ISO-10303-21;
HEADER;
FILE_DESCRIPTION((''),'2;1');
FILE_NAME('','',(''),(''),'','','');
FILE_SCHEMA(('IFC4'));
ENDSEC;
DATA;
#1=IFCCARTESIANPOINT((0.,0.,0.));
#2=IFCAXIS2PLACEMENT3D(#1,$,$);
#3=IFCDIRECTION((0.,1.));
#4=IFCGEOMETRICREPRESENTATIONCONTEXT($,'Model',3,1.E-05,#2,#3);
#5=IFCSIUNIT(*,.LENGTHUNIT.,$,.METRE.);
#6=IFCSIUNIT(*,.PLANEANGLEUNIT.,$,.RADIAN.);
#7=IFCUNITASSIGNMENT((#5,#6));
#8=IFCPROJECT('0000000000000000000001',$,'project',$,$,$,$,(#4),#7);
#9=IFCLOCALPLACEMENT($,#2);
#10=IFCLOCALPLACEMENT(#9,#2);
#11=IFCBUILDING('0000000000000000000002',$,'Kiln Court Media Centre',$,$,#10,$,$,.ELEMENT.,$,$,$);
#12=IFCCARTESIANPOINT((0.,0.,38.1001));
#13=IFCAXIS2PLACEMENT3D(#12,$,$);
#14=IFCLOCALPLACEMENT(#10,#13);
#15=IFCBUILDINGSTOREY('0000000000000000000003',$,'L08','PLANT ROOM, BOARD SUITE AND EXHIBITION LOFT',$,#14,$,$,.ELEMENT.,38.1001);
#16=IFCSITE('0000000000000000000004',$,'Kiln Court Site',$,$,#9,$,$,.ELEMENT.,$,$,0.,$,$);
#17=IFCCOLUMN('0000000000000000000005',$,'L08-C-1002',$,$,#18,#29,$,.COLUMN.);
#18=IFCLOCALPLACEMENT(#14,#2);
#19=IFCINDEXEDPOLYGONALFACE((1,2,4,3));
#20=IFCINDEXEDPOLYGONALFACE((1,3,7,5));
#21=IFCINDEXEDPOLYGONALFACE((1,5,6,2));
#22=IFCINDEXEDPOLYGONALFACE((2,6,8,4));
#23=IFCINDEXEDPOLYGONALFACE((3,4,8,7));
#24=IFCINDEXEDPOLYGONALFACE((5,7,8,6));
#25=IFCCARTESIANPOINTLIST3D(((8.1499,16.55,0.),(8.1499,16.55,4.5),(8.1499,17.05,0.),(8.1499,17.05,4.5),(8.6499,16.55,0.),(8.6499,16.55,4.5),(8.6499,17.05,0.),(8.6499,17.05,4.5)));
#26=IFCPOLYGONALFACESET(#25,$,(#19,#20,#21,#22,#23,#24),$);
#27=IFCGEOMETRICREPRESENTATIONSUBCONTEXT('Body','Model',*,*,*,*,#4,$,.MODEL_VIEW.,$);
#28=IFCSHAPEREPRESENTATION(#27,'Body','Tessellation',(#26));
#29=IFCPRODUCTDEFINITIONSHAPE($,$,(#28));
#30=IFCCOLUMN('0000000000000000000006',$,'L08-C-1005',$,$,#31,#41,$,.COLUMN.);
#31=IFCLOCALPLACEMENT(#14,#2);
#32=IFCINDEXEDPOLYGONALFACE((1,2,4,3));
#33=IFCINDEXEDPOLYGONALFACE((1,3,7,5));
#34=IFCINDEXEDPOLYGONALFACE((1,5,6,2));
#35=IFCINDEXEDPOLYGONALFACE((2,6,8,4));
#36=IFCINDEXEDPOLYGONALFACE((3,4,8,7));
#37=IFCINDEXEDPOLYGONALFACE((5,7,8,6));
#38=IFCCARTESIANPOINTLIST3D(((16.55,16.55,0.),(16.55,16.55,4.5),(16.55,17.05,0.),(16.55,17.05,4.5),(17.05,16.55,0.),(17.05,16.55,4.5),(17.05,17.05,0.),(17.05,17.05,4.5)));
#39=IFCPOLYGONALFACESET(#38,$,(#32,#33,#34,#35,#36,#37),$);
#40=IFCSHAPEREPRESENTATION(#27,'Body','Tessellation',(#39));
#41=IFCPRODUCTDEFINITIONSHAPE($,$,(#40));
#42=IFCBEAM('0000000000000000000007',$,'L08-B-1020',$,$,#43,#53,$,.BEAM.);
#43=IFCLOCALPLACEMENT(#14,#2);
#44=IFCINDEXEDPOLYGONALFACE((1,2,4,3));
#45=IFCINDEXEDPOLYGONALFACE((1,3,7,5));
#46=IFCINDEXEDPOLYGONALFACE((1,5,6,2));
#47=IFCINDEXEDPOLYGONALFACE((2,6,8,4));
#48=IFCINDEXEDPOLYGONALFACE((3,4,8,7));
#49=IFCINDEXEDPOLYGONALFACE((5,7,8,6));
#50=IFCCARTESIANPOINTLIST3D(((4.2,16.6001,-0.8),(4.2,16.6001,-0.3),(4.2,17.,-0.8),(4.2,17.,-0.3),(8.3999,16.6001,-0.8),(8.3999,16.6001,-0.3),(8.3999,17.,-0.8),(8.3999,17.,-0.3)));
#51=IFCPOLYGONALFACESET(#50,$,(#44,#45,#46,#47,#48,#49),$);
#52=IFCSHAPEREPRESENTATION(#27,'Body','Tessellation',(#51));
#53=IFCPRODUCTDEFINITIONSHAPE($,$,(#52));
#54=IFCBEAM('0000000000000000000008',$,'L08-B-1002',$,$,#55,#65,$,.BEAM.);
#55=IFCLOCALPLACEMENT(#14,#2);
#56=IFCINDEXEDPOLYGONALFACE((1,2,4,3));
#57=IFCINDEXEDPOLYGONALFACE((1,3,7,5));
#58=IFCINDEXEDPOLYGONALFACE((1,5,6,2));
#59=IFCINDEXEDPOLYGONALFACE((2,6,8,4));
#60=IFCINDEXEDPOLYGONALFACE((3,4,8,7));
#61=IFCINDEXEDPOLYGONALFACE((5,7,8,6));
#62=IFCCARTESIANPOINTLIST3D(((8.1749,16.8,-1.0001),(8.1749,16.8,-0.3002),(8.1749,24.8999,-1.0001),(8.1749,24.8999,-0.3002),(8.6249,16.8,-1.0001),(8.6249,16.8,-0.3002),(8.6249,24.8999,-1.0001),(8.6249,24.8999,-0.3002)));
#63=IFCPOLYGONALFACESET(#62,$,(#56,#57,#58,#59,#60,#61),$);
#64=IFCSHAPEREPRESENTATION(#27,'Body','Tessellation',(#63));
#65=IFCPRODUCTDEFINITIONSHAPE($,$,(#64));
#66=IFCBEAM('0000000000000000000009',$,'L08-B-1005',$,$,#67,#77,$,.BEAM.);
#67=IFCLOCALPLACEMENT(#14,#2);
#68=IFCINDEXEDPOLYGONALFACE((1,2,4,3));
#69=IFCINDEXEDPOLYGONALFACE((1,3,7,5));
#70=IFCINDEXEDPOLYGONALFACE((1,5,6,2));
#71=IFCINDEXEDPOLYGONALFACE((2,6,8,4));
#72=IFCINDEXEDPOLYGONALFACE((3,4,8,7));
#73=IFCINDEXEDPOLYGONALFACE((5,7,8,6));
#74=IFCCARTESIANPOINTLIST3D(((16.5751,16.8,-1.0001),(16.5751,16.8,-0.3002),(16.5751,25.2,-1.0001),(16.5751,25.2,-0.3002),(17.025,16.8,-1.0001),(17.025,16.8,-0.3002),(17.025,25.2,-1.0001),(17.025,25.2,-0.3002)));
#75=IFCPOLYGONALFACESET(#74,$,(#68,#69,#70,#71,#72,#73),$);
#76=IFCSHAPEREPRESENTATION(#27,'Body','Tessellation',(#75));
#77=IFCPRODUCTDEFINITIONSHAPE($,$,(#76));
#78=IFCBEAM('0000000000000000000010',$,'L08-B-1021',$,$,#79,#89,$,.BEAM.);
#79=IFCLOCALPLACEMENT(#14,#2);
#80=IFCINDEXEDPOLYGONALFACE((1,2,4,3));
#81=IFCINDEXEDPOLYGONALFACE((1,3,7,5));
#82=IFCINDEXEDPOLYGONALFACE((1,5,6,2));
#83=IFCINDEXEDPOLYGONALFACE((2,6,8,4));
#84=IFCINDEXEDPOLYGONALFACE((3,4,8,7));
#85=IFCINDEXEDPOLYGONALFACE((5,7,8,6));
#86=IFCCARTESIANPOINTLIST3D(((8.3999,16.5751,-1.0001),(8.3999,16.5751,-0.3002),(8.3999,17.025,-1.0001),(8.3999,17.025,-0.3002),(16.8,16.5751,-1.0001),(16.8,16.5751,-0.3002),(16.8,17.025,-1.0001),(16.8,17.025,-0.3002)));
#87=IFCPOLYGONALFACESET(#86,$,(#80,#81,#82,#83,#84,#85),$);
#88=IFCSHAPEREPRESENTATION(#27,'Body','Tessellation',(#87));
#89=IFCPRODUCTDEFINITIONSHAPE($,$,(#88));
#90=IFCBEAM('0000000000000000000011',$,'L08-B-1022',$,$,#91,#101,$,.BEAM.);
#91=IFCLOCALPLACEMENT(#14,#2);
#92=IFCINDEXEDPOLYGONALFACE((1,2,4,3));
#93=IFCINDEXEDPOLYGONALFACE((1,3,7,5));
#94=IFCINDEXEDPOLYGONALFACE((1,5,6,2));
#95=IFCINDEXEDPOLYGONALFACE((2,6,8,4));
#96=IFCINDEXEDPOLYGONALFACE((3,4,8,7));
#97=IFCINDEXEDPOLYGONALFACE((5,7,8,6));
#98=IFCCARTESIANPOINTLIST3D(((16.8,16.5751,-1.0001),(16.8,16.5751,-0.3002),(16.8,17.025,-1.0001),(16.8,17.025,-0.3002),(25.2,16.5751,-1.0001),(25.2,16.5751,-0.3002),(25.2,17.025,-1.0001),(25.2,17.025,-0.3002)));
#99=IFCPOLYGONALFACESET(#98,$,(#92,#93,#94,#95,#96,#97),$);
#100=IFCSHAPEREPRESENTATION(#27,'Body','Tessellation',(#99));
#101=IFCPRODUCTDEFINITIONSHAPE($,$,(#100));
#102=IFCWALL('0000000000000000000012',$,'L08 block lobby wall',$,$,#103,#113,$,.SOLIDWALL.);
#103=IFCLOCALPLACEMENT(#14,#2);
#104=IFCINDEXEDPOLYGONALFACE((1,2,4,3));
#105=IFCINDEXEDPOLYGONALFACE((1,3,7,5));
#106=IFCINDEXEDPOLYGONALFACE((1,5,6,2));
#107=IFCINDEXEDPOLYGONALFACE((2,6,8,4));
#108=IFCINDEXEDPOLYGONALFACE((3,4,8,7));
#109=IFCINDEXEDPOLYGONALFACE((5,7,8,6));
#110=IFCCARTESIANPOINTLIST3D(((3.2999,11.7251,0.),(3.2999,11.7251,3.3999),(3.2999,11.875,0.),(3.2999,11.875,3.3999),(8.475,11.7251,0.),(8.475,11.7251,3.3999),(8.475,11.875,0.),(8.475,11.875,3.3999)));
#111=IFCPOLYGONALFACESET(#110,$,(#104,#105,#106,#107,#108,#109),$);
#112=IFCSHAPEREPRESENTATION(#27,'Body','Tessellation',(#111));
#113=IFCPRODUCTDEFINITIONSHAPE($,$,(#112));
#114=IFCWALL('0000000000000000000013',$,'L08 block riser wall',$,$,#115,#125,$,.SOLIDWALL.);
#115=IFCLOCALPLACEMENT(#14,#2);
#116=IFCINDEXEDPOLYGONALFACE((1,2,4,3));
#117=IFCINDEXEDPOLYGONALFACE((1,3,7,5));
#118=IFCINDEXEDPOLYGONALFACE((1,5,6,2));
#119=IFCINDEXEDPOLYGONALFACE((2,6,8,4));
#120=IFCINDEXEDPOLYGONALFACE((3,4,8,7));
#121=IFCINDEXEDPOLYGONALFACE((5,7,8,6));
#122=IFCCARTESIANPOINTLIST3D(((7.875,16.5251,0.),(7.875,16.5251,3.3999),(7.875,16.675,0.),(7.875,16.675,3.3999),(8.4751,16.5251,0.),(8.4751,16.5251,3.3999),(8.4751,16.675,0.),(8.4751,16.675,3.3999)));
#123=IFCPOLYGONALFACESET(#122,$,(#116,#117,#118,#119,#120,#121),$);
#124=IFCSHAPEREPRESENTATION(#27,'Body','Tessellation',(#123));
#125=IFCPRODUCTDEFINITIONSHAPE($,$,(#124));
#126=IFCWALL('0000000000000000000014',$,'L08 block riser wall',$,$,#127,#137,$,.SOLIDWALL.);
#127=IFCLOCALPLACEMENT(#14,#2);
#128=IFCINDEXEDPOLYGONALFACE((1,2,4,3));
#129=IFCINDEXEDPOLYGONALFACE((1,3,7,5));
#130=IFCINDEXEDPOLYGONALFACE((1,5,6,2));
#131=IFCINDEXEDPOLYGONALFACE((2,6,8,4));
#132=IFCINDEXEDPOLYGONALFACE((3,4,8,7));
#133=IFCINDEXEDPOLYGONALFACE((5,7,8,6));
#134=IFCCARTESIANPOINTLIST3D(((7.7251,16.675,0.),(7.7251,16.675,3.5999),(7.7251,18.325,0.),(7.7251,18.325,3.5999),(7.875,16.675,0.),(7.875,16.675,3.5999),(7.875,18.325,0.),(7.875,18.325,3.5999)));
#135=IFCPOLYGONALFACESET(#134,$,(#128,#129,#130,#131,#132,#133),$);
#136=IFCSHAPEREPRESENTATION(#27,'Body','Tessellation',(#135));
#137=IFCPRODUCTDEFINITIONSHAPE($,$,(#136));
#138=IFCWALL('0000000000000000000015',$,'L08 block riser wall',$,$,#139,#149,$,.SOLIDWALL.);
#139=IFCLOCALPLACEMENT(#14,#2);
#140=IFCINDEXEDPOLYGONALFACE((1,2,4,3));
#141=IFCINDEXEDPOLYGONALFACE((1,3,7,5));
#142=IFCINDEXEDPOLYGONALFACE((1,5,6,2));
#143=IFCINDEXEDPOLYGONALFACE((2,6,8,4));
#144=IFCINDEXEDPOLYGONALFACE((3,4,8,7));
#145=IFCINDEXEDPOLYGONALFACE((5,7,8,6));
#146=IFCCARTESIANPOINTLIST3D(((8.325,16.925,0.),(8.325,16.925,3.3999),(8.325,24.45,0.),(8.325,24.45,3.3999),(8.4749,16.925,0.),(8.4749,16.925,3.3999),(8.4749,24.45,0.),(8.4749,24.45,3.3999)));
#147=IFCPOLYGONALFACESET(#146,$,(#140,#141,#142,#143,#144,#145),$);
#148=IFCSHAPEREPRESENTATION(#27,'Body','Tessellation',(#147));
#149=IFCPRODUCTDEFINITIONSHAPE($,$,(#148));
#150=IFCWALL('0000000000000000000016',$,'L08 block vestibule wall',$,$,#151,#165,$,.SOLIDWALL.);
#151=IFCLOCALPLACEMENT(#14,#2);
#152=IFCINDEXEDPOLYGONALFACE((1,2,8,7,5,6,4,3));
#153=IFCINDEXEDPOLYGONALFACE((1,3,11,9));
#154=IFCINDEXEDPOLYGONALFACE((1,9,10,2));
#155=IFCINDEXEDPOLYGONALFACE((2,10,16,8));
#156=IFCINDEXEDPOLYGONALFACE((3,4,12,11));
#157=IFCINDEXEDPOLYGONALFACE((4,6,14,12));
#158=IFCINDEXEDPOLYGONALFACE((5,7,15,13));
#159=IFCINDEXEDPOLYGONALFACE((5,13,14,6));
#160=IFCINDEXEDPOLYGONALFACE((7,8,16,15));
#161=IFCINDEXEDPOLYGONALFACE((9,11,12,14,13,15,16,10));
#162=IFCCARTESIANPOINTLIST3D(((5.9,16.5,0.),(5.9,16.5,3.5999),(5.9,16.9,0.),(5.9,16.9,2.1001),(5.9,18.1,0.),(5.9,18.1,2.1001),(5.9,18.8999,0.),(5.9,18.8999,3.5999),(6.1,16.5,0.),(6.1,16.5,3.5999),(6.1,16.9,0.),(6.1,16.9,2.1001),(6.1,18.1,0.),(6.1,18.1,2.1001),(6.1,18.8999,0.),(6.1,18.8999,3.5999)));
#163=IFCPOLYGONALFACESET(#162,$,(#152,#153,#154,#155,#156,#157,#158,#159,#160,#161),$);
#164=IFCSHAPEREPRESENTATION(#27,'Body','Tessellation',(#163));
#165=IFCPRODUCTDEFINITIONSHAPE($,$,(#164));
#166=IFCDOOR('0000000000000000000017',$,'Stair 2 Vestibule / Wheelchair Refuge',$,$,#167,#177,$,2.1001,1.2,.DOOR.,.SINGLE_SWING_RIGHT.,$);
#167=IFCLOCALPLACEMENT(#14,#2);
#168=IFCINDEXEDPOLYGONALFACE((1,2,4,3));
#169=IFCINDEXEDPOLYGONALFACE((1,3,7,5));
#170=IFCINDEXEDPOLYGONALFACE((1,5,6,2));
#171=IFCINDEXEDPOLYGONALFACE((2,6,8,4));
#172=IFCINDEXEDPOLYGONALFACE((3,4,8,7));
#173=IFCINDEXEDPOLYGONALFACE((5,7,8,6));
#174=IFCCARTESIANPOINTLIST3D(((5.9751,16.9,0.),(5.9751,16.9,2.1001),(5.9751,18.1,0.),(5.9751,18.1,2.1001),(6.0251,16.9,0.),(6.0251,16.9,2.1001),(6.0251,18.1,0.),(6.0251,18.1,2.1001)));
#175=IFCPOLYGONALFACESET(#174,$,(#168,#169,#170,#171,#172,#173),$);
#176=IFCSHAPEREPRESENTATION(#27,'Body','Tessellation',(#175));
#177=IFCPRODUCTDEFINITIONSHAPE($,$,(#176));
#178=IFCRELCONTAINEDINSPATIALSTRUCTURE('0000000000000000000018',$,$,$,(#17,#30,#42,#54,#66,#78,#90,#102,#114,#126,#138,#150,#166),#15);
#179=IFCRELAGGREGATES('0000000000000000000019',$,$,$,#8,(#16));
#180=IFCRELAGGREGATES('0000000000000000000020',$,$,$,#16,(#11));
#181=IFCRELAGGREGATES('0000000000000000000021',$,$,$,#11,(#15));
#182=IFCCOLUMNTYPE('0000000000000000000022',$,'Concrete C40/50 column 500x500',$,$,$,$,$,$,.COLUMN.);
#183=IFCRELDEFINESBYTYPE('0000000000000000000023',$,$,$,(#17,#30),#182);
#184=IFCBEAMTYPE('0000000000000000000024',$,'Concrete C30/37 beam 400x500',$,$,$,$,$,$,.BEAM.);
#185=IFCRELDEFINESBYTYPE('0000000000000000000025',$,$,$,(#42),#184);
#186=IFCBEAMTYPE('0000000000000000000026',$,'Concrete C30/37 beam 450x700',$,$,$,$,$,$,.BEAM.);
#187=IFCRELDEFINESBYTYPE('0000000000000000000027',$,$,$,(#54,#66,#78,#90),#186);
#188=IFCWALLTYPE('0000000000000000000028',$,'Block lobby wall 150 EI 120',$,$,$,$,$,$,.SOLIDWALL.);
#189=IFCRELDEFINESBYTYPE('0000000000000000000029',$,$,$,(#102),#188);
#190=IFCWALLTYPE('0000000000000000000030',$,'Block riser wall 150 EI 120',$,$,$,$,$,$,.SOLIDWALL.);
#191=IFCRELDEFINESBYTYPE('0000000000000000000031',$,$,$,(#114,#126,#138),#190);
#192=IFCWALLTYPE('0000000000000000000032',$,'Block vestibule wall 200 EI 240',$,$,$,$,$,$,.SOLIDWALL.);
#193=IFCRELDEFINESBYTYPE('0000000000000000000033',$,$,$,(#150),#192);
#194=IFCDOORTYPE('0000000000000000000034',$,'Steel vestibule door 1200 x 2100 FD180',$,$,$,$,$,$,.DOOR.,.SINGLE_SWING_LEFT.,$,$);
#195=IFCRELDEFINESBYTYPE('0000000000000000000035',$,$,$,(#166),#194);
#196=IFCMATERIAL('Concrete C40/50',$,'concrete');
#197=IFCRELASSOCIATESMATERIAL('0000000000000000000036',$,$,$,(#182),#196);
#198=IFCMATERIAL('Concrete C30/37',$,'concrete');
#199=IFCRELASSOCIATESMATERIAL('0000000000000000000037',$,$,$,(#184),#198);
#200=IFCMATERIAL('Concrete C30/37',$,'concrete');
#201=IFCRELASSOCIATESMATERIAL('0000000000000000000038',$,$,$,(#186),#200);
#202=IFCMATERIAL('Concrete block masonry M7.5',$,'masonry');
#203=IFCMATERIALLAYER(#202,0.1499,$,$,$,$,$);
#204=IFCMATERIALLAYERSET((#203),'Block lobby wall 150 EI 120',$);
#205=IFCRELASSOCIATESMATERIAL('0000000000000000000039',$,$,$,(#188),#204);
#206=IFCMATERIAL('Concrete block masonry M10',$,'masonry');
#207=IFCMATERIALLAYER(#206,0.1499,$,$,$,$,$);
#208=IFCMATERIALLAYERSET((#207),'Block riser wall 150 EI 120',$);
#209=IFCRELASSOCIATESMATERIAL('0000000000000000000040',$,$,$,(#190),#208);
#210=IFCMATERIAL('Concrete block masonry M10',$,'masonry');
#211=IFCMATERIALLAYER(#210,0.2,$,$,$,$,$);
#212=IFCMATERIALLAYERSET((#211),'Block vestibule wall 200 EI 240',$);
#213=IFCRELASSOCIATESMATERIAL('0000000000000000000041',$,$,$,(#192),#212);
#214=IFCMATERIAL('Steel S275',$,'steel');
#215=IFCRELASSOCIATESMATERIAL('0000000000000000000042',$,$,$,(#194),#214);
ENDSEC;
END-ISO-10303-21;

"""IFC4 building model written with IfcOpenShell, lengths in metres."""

from ifc_helpers import new_model, si_unit, direction, frame, frame_2d, origin, origin_2d, place, context, subcontext, project, spatial, rectangle, extrude, material, layer, layer_set, material_profile, profile_set, type_object, element, fill, save


model = new_model("IFC4")

# Units and contexts
model_context = context("Model", 3, precision=1e-05, world=origin(), true_north=direction((0.0, 1.0)))
body_context = subcontext(model_context, "Body", "Model", "MODEL_VIEW")
ifc_project = project(units=[si_unit("LENGTHUNIT", "METRE"), si_unit("PLANEANGLEUNIT", "RADIAN")], contexts=[model_context])

# Site, building, storey
site_placement = place(None, origin())
site = spatial("IfcSite", under=ifc_project, at=site_placement, Name="Kiln Court Site", CompositionType="ELEMENT", RefElevation=0.0)
building_placement = place(site_placement, origin())
building = spatial("IfcBuilding", under=site, at=building_placement, Name="Kiln Court Media Centre", CompositionType="ELEMENT")
storey_placement = place(building_placement, frame((0.0, 0.0, 38.1001)))
storey = spatial("IfcBuildingStorey", under=building, at=storey_placement, Name="L08", Description="PLANT ROOM, BOARD SUITE AND EXHIBITION LOFT", CompositionType="ELEMENT", Elevation=38.1001)

# Columns
ifc_material_1 = material(Name="Concrete C40/50", Category="concrete")
ifc_material_profile_1 = material_profile(ifc_material_1, rectangle(XDim=0.5, YDim=0.5, at=origin_2d()), Name="RC 500x500")
ifc_profile_set_1 = profile_set([ifc_material_profile_1], Name="Concrete C40/50")
column_type = type_object("IfcColumnType", Name="Concrete C40/50 column 500x500", PredefinedType="COLUMN", material=ifc_profile_set_1)
for number, where, z_axis, x_axis, name in (
    (1, (8.3999, 16.8, 0.0), (0.0, 0.0, 1.0), (1.0, 0.0, 0.0), "L08-C-1002"),
    (2, (16.8, 16.8, 0.0), (0.0, 0.0, 1.0), (1.0, 0.0, 0.0), "L08-C-1005"),
):
    element("IfcColumn", number, at=place(storey_placement, frame(where, z_axis=z_axis, x_axis=x_axis)), inside=storey, type_object=column_type, Name=name, PredefinedType="COLUMN", context=body_context, shape_type="SweptSolid", body=[
        extrude(rectangle(XDim=0.5, YDim=0.5, at=origin_2d()), origin(), (0.0, 0.0, 1.0), 4.5),
    ])

# Beams
ifc_material_2 = material(Name="Concrete C30/37", Category="concrete")
ifc_material_profile_2 = material_profile(ifc_material_2, rectangle(XDim=0.3999, YDim=0.5, at=origin_2d()), Name="RC 400x500")
ifc_profile_set_2 = profile_set([ifc_material_profile_2], Name="Concrete C30/37")
beam_type_1 = type_object("IfcBeamType", Name="Concrete C30/37 beam 400x500", PredefinedType="BEAM", material=ifc_profile_set_2)
beam_1_placement = place(storey_placement, frame((4.2, 16.8, -0.55), z_axis=(1.0, 0.0, 0.0), x_axis=(0.0, 1.0, 0.0)))
element("IfcBeam", 3, at=beam_1_placement, inside=storey, type_object=beam_type_1, Name="L08-B-1020", PredefinedType="BEAM", context=body_context, shape_type="SweptSolid", body=[
    extrude(rectangle(XDim=0.3999, YDim=0.5, at=origin_2d()), origin(), (0.0, 0.0, 1.0), 4.2),
])
ifc_material_3 = material(Name="Concrete C30/37", Category="concrete")
ifc_material_profile_3 = material_profile(ifc_material_3, rectangle(XDim=0.45, YDim=0.7, at=origin_2d()), Name="RC 450x700")
ifc_profile_set_3 = profile_set([ifc_material_profile_3], Name="Concrete C30/37")
beam_type_2 = type_object("IfcBeamType", Name="Concrete C30/37 beam 450x700", PredefinedType="BEAM", material=ifc_profile_set_3)
beam_2_placement = place(storey_placement, frame((8.3999, 16.8, -0.6501), z_axis=(0.0, 1.0, 0.0), x_axis=(-1.0, 0.0, 0.0)))
element("IfcBeam", 4, at=beam_2_placement, inside=storey, type_object=beam_type_2, Name="L08-B-1002", PredefinedType="BEAM", context=body_context, shape_type="SweptSolid", body=[
    extrude(rectangle(XDim=0.45, YDim=0.7, at=origin_2d()), origin(), (0.0, 0.0, 1.0), 8.0999),
])
beam_3_placement = place(storey_placement, frame((16.8, 16.8, -0.6501), z_axis=(0.0, 1.0, 0.0), x_axis=(-1.0, 0.0, 0.0)))
element("IfcBeam", 5, at=beam_3_placement, inside=storey, type_object=beam_type_2, Name="L08-B-1005", PredefinedType="BEAM", context=body_context, shape_type="SweptSolid", body=[
    extrude(rectangle(XDim=0.45, YDim=0.7, at=origin_2d()), origin(), (0.0, 0.0, 1.0), 8.3999),
])
beam_4_placement = place(storey_placement, frame((8.3999, 16.8, -0.6501), z_axis=(1.0, 0.0, 0.0), x_axis=(0.0, 1.0, 0.0)))
element("IfcBeam", 6, at=beam_4_placement, inside=storey, type_object=beam_type_2, Name="L08-B-1021", PredefinedType="BEAM", context=body_context, shape_type="SweptSolid", body=[
    extrude(rectangle(XDim=0.45, YDim=0.7, at=origin_2d()), origin(), (0.0, 0.0, 1.0), 8.4001),
])
beam_5_placement = place(storey_placement, frame((16.8, 16.8, -0.6501), z_axis=(1.0, 0.0, 0.0), x_axis=(0.0, 1.0, 0.0)))
element("IfcBeam", 7, at=beam_5_placement, inside=storey, type_object=beam_type_2, Name="L08-B-1022", PredefinedType="BEAM", context=body_context, shape_type="SweptSolid", body=[
    extrude(rectangle(XDim=0.45, YDim=0.7, at=origin_2d()), origin(), (0.0, 0.0, 1.0), 8.3999),
])

# Walls
ifc_material_4 = material(Name="Concrete block masonry M7.5", Category="masonry")
ifc_layer_1 = layer(ifc_material_4, 0.1499)
ifc_layer_set_1 = layer_set([ifc_layer_1], Name="Block lobby wall 150 EI 120")
wall_type_1 = type_object("IfcWallType", Name="Block lobby wall 150 EI 120", PredefinedType="SOLIDWALL", material=ifc_layer_set_1)
wall_1_placement = place(storey_placement, frame((3.3, 11.8, 0.0), z_axis=(0.0, 0.0, 1.0), x_axis=(1.0, 0.0, 0.0)))
element("IfcWall", 8, at=wall_1_placement, inside=storey, type_object=wall_type_1, Name="L08 block lobby wall", PredefinedType="SOLIDWALL", context=body_context, shape_type="SweptSolid", body=[
    extrude(rectangle(XDim=5.175, YDim=0.1499, at=frame_2d((2.5874, 0.0))), origin(), (0.0, 0.0, 1.0), 3.3999),
])
ifc_material_5 = material(Name="Concrete block masonry M10", Category="masonry")
ifc_layer_2 = layer(ifc_material_5, 0.1499)
ifc_layer_set_2 = layer_set([ifc_layer_2], Name="Block riser wall 150 EI 120")
wall_type_2 = type_object("IfcWallType", Name="Block riser wall 150 EI 120", PredefinedType="SOLIDWALL", material=ifc_layer_set_2)
wall_2_placement = place(storey_placement, frame((7.875, 16.6001, 0.0), z_axis=(0.0, 0.0, 1.0), x_axis=(1.0, 0.0, 0.0)))
element("IfcWall", 9, at=wall_2_placement, inside=storey, type_object=wall_type_2, Name="L08 block riser wall", PredefinedType="SOLIDWALL", context=body_context, shape_type="SweptSolid", body=[
    extrude(rectangle(XDim=0.6001, YDim=0.1499, at=frame_2d((0.3, 0.0))), origin(), (0.0, 0.0, 1.0), 3.3999),
])
wall_3_placement = place(storey_placement, frame((7.8, 16.675, 0.0), z_axis=(0.0, 0.0, 1.0), x_axis=(0.0, 1.0, 0.0)))
element("IfcWall", 10, at=wall_3_placement, inside=storey, type_object=wall_type_2, Name="L08 block riser wall", PredefinedType="SOLIDWALL", context=body_context, shape_type="SweptSolid", body=[
    extrude(rectangle(XDim=1.6499, YDim=0.1499, at=frame_2d((0.825, 0.0))), origin(), (0.0, 0.0, 1.0), 3.5999),
])
wall_4_placement = place(storey_placement, frame((8.3999, 16.925, 0.0), z_axis=(0.0, 0.0, 1.0), x_axis=(0.0, 1.0, 0.0)))
element("IfcWall", 11, at=wall_4_placement, inside=storey, type_object=wall_type_2, Name="L08 block riser wall", PredefinedType="SOLIDWALL", context=body_context, shape_type="SweptSolid", body=[
    extrude(rectangle(XDim=7.5249, YDim=0.1499, at=frame_2d((3.7625, 0.0))), origin(), (0.0, 0.0, 1.0), 3.3999),
])

# Wall, opening, door
ifc_material_6 = material(Name="Concrete block masonry M10", Category="masonry")
ifc_layer_3 = layer(ifc_material_6, 0.2)
ifc_layer_set_3 = layer_set([ifc_layer_3], Name="Block vestibule wall 200 EI 240")
wall_type_3 = type_object("IfcWallType", Name="Block vestibule wall 200 EI 240", PredefinedType="SOLIDWALL", material=ifc_layer_set_3)
wall_5_placement = place(storey_placement, frame((6.0, 16.5, 0.0), z_axis=(0.0, 0.0, 1.0), x_axis=(0.0, 1.0, 0.0)))
wall_5 = element("IfcWall", 12, at=wall_5_placement, inside=storey, type_object=wall_type_3, Name="L08 block vestibule wall", PredefinedType="SOLIDWALL", context=body_context, shape_type="SweptSolid", body=[
    extrude(rectangle(XDim=2.3999, YDim=0.2, at=frame_2d((1.2, 0.0))), origin(), (0.0, 0.0, 1.0), 3.5999),
])
opening_1_placement = place(wall_5_placement, frame((0.3999, 0.0, 0.0)))
opening_1 = element("IfcOpeningElement", 13, at=opening_1_placement, cuts=wall_5, PredefinedType="OPENING", context=body_context, shape_type="SweptSolid", body=[
    extrude(rectangle(XDim=1.2, YDim=2.1001, at=frame_2d((0.6001, 1.05))), frame((0.0, 0.1099, 0.0), z_axis=(0.0, -1.0, 0.0), x_axis=(1.0, 0.0, 0.0)), (0.0, 0.0, 1.0), 0.22),
])
ifc_material_7 = material(Name="Steel S275", Category="steel")
door_type_1 = type_object("IfcDoorType", Name="Steel vestibule door 1200 x 2100 FD180", OperationType="SINGLE_SWING_LEFT", PredefinedType="DOOR", material=ifc_material_7)
door_1_placement = place(opening_1_placement, origin())
door_1 = element("IfcDoor", 14, at=door_1_placement, inside=storey, type_object=door_type_1, Name="Stair 2 Vestibule / Wheelchair Refuge", OperationType="SINGLE_SWING_RIGHT", OverallHeight=2.1001, OverallWidth=1.2, PredefinedType="DOOR", context=body_context, shape_type="SweptSolid", body=[
    extrude(rectangle(XDim=1.2, YDim=2.1001, at=frame_2d((0.6001, 1.05))), frame((0.0, 0.0249, 0.0), z_axis=(0.0, -1.0, 0.0), x_axis=(1.0, 0.0, 0.0)), (0.0, 0.0, 1.0), 0.05),
])
fill(opening_1, door_1)

save(model, "model.ifc")
